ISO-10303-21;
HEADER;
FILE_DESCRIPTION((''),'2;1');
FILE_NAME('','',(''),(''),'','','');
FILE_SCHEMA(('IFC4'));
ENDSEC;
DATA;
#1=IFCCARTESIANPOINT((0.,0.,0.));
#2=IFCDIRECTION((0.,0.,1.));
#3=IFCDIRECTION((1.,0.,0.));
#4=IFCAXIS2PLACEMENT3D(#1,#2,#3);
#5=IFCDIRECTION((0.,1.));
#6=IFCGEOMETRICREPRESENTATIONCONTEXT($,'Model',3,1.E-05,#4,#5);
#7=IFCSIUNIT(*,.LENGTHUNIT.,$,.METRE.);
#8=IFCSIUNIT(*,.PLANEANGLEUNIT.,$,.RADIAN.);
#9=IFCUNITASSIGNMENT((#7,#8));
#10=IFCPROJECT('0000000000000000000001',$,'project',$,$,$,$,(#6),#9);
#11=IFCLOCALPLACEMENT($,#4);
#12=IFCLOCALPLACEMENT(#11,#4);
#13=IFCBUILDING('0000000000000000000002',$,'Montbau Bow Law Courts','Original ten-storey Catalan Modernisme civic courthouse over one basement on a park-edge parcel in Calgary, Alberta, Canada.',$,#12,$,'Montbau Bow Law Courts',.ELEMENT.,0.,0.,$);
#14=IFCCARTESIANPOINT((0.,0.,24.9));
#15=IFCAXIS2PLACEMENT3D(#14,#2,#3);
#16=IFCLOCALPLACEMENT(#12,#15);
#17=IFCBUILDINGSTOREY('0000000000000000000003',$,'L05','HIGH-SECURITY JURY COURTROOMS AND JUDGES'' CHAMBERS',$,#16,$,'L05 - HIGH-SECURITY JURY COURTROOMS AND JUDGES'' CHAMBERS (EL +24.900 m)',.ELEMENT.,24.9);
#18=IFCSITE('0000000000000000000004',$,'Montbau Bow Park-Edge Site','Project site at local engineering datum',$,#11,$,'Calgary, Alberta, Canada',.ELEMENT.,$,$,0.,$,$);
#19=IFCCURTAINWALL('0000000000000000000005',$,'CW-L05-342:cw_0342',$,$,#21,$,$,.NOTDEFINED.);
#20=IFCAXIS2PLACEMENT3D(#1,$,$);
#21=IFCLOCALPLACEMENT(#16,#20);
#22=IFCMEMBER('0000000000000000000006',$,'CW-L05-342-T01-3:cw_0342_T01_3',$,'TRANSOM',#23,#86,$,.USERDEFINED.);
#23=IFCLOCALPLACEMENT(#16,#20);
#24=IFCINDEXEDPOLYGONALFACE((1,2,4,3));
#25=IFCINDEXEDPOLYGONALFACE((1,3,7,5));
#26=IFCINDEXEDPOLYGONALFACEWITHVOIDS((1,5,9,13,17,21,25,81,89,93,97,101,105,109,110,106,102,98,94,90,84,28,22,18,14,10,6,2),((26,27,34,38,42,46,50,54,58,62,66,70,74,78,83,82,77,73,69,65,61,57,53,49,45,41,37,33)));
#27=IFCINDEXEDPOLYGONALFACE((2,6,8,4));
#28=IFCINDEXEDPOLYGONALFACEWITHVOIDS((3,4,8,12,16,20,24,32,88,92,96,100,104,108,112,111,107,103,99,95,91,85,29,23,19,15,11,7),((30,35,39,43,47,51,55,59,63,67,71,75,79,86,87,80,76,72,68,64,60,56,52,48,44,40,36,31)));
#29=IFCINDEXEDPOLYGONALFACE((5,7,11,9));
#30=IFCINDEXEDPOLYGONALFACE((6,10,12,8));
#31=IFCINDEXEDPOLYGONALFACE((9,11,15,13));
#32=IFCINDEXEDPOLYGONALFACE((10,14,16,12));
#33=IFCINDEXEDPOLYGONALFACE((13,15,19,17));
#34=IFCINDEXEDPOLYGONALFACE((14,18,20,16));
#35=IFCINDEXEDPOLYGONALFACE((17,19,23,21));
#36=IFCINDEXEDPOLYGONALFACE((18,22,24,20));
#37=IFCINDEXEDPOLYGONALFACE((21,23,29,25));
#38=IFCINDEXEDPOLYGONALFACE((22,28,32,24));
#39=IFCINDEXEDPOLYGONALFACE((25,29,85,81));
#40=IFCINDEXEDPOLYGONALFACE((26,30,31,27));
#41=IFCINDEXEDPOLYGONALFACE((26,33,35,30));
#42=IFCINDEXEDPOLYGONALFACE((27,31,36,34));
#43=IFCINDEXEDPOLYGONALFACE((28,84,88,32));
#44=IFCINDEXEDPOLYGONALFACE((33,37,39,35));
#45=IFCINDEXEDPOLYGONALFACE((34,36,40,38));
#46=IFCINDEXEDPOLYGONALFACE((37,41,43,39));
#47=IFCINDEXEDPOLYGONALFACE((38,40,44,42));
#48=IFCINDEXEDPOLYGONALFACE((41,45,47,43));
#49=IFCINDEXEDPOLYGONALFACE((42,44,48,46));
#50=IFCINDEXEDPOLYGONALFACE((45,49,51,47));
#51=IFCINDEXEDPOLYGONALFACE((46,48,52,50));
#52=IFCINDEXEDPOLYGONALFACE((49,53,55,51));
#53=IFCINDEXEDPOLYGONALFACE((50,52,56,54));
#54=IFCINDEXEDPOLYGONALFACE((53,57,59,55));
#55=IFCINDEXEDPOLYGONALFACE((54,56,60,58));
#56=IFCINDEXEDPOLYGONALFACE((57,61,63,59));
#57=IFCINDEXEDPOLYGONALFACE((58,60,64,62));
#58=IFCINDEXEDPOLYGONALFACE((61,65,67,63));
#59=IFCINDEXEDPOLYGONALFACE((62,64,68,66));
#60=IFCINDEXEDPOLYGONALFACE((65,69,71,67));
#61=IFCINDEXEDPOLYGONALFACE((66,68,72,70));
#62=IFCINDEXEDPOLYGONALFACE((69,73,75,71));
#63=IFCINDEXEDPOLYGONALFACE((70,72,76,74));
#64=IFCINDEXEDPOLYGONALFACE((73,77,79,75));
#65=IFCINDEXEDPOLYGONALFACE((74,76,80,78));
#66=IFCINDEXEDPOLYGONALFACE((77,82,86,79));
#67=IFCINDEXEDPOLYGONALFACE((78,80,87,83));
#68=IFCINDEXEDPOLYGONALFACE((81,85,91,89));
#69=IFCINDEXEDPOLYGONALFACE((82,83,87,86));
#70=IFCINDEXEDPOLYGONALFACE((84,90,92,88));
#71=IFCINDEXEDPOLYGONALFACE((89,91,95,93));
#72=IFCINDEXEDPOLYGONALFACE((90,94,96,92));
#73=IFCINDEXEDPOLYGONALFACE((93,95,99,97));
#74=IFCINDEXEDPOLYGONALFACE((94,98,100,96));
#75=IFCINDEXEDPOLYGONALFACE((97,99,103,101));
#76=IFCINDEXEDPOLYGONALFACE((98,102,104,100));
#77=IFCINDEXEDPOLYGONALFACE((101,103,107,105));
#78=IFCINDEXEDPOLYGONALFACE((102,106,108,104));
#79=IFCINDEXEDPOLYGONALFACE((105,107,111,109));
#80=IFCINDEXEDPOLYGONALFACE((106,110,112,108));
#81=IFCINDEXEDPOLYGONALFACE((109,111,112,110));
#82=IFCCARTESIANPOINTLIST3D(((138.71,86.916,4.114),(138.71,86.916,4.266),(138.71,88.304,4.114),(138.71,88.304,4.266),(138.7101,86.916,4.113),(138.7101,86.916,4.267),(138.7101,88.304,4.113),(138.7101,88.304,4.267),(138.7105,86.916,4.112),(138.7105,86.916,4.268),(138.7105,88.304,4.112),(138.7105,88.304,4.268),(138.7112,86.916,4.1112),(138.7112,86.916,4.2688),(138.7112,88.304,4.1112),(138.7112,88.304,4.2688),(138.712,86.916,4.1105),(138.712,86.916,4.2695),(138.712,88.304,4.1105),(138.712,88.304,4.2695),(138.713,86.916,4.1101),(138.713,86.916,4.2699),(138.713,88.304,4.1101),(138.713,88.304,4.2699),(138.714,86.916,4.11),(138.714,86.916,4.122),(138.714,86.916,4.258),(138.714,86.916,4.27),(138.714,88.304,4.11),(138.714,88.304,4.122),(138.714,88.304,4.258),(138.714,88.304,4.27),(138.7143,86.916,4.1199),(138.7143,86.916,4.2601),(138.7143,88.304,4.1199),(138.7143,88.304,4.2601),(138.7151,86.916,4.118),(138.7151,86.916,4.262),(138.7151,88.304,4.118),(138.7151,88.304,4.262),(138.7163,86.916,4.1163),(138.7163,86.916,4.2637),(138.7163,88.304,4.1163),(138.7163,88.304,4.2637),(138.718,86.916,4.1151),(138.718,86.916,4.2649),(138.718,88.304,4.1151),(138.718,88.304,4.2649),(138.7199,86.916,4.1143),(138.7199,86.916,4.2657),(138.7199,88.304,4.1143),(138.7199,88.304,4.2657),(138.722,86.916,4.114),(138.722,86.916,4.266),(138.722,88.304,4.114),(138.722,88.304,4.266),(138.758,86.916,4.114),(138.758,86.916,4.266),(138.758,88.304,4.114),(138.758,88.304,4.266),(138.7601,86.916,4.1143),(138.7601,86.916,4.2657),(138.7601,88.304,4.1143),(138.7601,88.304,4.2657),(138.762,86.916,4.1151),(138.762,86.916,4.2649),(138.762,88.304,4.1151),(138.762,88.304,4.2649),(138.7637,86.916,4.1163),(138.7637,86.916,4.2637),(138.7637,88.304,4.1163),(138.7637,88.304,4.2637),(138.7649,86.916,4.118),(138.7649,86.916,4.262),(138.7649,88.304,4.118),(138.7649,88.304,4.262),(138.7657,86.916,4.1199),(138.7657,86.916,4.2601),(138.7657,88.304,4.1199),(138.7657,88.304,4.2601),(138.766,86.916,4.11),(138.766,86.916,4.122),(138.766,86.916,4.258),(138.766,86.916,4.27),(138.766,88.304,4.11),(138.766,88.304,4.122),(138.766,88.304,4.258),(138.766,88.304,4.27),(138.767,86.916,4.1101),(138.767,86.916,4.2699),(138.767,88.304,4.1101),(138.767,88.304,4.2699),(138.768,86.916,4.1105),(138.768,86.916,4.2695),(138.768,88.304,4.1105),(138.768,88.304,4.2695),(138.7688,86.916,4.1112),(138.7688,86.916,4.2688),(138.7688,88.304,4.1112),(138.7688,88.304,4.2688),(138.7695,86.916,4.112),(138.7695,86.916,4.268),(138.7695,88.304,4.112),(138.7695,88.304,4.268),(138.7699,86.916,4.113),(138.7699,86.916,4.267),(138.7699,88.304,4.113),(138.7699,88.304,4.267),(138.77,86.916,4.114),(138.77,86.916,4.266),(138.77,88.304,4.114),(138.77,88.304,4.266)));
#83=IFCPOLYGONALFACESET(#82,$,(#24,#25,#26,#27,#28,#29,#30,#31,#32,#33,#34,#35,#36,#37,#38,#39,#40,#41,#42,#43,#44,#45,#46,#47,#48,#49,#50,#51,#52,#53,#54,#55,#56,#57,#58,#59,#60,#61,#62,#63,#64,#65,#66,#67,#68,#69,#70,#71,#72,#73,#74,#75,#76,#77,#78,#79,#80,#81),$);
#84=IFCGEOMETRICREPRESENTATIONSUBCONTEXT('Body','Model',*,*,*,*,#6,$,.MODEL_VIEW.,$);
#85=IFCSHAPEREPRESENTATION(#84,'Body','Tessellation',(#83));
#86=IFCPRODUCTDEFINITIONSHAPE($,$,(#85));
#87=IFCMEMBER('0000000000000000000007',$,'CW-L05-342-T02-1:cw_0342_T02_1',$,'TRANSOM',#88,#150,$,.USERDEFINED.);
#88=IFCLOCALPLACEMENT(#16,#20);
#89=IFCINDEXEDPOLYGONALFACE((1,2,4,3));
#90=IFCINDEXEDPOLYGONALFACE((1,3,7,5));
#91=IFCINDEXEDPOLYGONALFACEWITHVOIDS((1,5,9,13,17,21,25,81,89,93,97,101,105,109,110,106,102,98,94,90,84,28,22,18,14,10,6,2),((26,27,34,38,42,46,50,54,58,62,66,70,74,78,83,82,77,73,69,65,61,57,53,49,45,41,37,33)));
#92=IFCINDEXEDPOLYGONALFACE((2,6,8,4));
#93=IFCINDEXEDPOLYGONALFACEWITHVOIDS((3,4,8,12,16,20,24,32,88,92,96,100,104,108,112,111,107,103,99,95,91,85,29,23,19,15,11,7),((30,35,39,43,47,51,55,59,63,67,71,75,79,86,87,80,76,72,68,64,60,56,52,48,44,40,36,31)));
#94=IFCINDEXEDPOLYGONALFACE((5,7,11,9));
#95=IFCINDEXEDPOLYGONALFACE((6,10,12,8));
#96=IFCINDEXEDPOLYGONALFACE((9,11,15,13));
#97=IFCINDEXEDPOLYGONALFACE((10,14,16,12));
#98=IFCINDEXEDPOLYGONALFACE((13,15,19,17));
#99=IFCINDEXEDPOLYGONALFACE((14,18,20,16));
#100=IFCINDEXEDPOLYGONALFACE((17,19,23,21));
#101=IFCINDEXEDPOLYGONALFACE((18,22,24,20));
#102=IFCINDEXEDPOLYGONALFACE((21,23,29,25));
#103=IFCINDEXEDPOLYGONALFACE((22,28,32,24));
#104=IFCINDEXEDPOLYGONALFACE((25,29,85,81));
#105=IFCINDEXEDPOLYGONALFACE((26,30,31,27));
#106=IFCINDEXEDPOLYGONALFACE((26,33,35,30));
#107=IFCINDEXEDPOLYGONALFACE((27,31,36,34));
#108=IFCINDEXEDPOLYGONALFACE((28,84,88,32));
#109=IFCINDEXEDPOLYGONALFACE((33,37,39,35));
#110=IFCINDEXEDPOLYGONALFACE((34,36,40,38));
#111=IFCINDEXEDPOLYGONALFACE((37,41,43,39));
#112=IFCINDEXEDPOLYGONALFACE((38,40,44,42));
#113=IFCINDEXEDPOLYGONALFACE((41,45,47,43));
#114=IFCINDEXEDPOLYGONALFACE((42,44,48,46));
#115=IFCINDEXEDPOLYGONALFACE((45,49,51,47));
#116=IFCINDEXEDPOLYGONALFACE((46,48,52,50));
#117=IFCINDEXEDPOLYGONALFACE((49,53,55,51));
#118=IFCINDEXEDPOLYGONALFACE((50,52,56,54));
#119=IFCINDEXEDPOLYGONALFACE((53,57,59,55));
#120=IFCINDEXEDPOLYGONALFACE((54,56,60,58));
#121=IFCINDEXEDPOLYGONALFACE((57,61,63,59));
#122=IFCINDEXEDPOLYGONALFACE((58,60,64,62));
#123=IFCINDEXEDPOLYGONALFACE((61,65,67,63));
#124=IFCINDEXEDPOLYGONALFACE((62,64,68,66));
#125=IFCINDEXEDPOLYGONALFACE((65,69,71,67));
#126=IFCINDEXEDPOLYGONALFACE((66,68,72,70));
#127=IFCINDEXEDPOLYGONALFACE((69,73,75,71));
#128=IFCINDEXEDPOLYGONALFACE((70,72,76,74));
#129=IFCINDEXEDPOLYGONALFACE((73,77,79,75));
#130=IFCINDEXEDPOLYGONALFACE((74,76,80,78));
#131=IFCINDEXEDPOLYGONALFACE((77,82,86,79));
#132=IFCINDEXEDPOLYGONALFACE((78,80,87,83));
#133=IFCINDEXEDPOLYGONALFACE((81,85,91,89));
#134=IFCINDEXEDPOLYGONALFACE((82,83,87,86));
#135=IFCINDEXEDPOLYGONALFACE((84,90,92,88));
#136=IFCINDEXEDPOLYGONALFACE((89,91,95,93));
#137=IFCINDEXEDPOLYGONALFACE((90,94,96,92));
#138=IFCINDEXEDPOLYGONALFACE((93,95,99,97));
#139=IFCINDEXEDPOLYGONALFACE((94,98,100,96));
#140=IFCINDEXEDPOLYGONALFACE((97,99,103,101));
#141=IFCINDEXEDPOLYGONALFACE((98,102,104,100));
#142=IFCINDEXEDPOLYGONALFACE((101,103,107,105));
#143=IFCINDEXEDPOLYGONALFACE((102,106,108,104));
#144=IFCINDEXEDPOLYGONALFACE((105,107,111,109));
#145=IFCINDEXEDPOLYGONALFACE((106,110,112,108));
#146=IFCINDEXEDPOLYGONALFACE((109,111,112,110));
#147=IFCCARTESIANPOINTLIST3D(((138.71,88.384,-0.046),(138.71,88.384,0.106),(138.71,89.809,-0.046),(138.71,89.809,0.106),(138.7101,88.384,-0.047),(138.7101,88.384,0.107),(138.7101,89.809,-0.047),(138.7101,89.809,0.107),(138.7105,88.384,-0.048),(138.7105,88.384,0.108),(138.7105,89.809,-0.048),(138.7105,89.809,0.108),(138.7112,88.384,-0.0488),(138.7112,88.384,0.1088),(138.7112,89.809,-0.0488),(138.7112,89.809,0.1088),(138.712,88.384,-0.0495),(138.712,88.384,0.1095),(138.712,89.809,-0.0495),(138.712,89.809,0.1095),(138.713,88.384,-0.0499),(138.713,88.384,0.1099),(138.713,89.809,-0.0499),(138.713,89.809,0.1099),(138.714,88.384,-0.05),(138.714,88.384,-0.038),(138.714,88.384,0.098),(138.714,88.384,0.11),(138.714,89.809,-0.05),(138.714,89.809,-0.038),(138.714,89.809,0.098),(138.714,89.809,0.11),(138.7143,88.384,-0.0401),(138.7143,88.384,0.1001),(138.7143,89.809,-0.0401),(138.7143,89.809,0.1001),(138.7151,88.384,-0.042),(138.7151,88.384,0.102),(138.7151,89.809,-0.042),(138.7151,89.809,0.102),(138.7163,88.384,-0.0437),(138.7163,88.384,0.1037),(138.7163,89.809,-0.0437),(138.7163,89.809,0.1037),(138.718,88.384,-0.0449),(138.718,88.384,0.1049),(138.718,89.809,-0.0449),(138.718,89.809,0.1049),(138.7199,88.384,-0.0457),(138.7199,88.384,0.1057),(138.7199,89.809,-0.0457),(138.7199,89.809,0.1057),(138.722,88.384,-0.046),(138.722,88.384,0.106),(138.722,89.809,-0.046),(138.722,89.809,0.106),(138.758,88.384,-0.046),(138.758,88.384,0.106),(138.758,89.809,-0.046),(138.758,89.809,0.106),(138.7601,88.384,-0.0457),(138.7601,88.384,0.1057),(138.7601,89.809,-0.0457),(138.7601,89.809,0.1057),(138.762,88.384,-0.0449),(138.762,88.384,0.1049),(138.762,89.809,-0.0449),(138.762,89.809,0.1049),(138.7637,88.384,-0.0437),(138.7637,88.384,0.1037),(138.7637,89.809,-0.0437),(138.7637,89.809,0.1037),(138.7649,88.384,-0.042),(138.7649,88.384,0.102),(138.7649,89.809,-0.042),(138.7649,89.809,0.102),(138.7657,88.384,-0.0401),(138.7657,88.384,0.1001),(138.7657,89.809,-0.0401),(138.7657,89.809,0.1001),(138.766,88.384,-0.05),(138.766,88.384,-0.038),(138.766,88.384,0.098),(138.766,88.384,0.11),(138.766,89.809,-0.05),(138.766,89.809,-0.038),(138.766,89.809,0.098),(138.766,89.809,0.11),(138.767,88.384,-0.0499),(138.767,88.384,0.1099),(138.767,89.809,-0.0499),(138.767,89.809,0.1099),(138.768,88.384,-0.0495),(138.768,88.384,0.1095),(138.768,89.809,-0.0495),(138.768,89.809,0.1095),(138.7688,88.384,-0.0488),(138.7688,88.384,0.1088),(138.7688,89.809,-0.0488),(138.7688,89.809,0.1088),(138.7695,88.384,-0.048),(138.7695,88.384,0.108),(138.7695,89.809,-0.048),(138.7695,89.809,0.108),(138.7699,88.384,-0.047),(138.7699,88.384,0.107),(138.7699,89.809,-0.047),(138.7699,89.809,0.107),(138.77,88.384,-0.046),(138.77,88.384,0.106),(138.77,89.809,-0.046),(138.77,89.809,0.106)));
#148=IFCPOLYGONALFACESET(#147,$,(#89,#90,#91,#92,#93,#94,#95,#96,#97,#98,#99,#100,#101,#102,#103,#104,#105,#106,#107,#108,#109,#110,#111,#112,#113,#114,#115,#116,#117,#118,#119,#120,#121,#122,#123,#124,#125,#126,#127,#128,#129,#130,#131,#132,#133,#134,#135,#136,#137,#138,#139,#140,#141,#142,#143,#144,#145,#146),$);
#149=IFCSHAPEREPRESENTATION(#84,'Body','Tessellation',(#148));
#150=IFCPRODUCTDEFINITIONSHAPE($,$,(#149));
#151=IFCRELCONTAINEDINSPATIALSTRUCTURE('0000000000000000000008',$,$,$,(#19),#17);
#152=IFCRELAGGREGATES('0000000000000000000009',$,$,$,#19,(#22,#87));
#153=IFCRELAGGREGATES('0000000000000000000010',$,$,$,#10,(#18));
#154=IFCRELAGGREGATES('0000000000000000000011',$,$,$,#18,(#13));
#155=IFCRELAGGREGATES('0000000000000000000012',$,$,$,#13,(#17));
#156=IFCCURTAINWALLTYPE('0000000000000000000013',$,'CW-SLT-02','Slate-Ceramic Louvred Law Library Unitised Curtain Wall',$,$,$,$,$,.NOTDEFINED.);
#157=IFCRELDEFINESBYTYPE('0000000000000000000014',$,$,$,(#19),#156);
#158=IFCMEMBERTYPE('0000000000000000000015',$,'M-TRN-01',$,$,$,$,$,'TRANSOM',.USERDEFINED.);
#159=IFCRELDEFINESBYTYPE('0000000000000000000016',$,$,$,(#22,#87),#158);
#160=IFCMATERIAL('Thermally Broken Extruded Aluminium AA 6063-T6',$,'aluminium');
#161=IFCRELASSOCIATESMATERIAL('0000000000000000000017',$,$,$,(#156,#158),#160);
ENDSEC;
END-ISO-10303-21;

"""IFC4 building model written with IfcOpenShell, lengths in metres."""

from ifc_helpers import new_model, si_unit, direction, frame, origin_with_axes, origin_2d_with_axis, place, context, subcontext, project, spatial, hollow_rectangle, extrude, material, material_profile, profile_set, type_object, element, aggregate, save


model = new_model("IFC4")

# Units and contexts
model_context = context("Model", 3, precision=1e-05, world=origin_with_axes(), true_north=direction((0.0, 1.0)))
body_context = subcontext(model_context, "Body", "Model", "MODEL_VIEW")
ifc_project = project(units=[si_unit("LENGTHUNIT", "METRE"), si_unit("PLANEANGLEUNIT", "RADIAN")], contexts=[model_context])

# Site, building, storey
site_placement = place(None, origin_with_axes())
site = spatial("IfcSite", under=ifc_project, at=site_placement, Name="Montbau Bow Park-Edge Site", Description="Project site at local engineering datum", LongName="Calgary, Alberta, Canada", CompositionType="ELEMENT", RefElevation=0.0)
building_placement = place(site_placement, origin_with_axes())
building = spatial("IfcBuilding", under=site, at=building_placement, Name="Montbau Bow Law Courts", Description="Original ten-storey Catalan Modernisme civic courthouse over one basement on a park-edge parcel in Calgary, Alberta, Canada.", LongName="Montbau Bow Law Courts", CompositionType="ELEMENT", ElevationOfRefHeight=0.0, ElevationOfTerrain=0.0)
storey_placement = place(building_placement, frame((0.0, 0.0, 24.9), z_axis=(0.0, 0.0, 1.0), x_axis=(1.0, 0.0, 0.0)))
storey = spatial("IfcBuildingStorey", under=building, at=storey_placement, Name="L05", Description="HIGH-SECURITY JURY COURTROOMS AND JUDGES' CHAMBERS", LongName="L05 - HIGH-SECURITY JURY COURTROOMS AND JUDGES' CHAMBERS (EL +24.900 m)", CompositionType="ELEMENT", Elevation=24.9)

# Curtain wall, members
ifc_material_1 = material(Name="Thermally Broken Extruded Aluminium AA 6063-T6", Category="aluminium")
curtain_wall_type = type_object("IfcCurtainWallType", Name="CW-SLT-02", Description="Slate-Ceramic Louvred Law Library Unitised Curtain Wall", PredefinedType="NOTDEFINED", material=ifc_material_1)
curtain_wall_placement = place(None, frame((138.74, 86.84, 24.9), z_axis=(0.0, 0.0, 1.0), x_axis=(1.0, 0.0, 0.0)))
curtain_wall = element("IfcCurtainWall", 1, at=curtain_wall_placement, inside=storey, type_object=curtain_wall_type, Name="CW-L05-342:cw_0342", PredefinedType="NOTDEFINED")
ifc_material_profile_1 = material_profile(ifc_material_1, hollow_rectangle(XDim=0.06, YDim=0.16, WallThickness=0.004, InnerFilletRadius=0.008, OuterFilletRadius=0.004, at=origin_2d_with_axis()), Name="CWT-160X60", Category="Main", Priority=0)
ifc_profile_set_1 = profile_set([ifc_material_profile_1], Name="Thermally Broken Extruded Aluminium AA 6063-T6")
member_type_1 = type_object("IfcMemberType", Name="M-TRN-01", ElementType="TRANSOM", PredefinedType="USERDEFINED", material=ifc_profile_set_1)
member_1_placement = place(None, frame((138.74, 86.916, 29.09), z_axis=(0.0, 1.0, 0.0), x_axis=(-1.0, 0.0, 0.0)))
member_1 = element("IfcMember", 2, at=member_1_placement, type_object=member_type_1, Name="CW-L05-342-T01-3:cw_0342_T01_3", ObjectType="TRANSOM", PredefinedType="USERDEFINED", context=body_context, shape_type="SweptSolid", body=[
    extrude(hollow_rectangle(XDim=0.06, YDim=0.16, WallThickness=0.004, InnerFilletRadius=0.008, OuterFilletRadius=0.004, at=origin_2d_with_axis()), origin_with_axes(), (0.0, 0.0, 1.0), 1.388),
])
member_2_placement = place(None, frame((138.74, 88.384, 24.93), z_axis=(0.0, 1.0, 0.0), x_axis=(-1.0, 0.0, 0.0)))
member_2 = element("IfcMember", 3, at=member_2_placement, type_object=member_type_1, Name="CW-L05-342-T02-1:cw_0342_T02_1", ObjectType="TRANSOM", PredefinedType="USERDEFINED", context=body_context, shape_type="SweptSolid", body=[
    extrude(hollow_rectangle(XDim=0.06, YDim=0.16, WallThickness=0.004, InnerFilletRadius=0.008, OuterFilletRadius=0.004, at=origin_2d_with_axis()), origin_with_axes(), (0.0, 0.0, 1.0), 1.425),
])
aggregate(curtain_wall, [member_1, member_2])

save(model, "model.ifc")
